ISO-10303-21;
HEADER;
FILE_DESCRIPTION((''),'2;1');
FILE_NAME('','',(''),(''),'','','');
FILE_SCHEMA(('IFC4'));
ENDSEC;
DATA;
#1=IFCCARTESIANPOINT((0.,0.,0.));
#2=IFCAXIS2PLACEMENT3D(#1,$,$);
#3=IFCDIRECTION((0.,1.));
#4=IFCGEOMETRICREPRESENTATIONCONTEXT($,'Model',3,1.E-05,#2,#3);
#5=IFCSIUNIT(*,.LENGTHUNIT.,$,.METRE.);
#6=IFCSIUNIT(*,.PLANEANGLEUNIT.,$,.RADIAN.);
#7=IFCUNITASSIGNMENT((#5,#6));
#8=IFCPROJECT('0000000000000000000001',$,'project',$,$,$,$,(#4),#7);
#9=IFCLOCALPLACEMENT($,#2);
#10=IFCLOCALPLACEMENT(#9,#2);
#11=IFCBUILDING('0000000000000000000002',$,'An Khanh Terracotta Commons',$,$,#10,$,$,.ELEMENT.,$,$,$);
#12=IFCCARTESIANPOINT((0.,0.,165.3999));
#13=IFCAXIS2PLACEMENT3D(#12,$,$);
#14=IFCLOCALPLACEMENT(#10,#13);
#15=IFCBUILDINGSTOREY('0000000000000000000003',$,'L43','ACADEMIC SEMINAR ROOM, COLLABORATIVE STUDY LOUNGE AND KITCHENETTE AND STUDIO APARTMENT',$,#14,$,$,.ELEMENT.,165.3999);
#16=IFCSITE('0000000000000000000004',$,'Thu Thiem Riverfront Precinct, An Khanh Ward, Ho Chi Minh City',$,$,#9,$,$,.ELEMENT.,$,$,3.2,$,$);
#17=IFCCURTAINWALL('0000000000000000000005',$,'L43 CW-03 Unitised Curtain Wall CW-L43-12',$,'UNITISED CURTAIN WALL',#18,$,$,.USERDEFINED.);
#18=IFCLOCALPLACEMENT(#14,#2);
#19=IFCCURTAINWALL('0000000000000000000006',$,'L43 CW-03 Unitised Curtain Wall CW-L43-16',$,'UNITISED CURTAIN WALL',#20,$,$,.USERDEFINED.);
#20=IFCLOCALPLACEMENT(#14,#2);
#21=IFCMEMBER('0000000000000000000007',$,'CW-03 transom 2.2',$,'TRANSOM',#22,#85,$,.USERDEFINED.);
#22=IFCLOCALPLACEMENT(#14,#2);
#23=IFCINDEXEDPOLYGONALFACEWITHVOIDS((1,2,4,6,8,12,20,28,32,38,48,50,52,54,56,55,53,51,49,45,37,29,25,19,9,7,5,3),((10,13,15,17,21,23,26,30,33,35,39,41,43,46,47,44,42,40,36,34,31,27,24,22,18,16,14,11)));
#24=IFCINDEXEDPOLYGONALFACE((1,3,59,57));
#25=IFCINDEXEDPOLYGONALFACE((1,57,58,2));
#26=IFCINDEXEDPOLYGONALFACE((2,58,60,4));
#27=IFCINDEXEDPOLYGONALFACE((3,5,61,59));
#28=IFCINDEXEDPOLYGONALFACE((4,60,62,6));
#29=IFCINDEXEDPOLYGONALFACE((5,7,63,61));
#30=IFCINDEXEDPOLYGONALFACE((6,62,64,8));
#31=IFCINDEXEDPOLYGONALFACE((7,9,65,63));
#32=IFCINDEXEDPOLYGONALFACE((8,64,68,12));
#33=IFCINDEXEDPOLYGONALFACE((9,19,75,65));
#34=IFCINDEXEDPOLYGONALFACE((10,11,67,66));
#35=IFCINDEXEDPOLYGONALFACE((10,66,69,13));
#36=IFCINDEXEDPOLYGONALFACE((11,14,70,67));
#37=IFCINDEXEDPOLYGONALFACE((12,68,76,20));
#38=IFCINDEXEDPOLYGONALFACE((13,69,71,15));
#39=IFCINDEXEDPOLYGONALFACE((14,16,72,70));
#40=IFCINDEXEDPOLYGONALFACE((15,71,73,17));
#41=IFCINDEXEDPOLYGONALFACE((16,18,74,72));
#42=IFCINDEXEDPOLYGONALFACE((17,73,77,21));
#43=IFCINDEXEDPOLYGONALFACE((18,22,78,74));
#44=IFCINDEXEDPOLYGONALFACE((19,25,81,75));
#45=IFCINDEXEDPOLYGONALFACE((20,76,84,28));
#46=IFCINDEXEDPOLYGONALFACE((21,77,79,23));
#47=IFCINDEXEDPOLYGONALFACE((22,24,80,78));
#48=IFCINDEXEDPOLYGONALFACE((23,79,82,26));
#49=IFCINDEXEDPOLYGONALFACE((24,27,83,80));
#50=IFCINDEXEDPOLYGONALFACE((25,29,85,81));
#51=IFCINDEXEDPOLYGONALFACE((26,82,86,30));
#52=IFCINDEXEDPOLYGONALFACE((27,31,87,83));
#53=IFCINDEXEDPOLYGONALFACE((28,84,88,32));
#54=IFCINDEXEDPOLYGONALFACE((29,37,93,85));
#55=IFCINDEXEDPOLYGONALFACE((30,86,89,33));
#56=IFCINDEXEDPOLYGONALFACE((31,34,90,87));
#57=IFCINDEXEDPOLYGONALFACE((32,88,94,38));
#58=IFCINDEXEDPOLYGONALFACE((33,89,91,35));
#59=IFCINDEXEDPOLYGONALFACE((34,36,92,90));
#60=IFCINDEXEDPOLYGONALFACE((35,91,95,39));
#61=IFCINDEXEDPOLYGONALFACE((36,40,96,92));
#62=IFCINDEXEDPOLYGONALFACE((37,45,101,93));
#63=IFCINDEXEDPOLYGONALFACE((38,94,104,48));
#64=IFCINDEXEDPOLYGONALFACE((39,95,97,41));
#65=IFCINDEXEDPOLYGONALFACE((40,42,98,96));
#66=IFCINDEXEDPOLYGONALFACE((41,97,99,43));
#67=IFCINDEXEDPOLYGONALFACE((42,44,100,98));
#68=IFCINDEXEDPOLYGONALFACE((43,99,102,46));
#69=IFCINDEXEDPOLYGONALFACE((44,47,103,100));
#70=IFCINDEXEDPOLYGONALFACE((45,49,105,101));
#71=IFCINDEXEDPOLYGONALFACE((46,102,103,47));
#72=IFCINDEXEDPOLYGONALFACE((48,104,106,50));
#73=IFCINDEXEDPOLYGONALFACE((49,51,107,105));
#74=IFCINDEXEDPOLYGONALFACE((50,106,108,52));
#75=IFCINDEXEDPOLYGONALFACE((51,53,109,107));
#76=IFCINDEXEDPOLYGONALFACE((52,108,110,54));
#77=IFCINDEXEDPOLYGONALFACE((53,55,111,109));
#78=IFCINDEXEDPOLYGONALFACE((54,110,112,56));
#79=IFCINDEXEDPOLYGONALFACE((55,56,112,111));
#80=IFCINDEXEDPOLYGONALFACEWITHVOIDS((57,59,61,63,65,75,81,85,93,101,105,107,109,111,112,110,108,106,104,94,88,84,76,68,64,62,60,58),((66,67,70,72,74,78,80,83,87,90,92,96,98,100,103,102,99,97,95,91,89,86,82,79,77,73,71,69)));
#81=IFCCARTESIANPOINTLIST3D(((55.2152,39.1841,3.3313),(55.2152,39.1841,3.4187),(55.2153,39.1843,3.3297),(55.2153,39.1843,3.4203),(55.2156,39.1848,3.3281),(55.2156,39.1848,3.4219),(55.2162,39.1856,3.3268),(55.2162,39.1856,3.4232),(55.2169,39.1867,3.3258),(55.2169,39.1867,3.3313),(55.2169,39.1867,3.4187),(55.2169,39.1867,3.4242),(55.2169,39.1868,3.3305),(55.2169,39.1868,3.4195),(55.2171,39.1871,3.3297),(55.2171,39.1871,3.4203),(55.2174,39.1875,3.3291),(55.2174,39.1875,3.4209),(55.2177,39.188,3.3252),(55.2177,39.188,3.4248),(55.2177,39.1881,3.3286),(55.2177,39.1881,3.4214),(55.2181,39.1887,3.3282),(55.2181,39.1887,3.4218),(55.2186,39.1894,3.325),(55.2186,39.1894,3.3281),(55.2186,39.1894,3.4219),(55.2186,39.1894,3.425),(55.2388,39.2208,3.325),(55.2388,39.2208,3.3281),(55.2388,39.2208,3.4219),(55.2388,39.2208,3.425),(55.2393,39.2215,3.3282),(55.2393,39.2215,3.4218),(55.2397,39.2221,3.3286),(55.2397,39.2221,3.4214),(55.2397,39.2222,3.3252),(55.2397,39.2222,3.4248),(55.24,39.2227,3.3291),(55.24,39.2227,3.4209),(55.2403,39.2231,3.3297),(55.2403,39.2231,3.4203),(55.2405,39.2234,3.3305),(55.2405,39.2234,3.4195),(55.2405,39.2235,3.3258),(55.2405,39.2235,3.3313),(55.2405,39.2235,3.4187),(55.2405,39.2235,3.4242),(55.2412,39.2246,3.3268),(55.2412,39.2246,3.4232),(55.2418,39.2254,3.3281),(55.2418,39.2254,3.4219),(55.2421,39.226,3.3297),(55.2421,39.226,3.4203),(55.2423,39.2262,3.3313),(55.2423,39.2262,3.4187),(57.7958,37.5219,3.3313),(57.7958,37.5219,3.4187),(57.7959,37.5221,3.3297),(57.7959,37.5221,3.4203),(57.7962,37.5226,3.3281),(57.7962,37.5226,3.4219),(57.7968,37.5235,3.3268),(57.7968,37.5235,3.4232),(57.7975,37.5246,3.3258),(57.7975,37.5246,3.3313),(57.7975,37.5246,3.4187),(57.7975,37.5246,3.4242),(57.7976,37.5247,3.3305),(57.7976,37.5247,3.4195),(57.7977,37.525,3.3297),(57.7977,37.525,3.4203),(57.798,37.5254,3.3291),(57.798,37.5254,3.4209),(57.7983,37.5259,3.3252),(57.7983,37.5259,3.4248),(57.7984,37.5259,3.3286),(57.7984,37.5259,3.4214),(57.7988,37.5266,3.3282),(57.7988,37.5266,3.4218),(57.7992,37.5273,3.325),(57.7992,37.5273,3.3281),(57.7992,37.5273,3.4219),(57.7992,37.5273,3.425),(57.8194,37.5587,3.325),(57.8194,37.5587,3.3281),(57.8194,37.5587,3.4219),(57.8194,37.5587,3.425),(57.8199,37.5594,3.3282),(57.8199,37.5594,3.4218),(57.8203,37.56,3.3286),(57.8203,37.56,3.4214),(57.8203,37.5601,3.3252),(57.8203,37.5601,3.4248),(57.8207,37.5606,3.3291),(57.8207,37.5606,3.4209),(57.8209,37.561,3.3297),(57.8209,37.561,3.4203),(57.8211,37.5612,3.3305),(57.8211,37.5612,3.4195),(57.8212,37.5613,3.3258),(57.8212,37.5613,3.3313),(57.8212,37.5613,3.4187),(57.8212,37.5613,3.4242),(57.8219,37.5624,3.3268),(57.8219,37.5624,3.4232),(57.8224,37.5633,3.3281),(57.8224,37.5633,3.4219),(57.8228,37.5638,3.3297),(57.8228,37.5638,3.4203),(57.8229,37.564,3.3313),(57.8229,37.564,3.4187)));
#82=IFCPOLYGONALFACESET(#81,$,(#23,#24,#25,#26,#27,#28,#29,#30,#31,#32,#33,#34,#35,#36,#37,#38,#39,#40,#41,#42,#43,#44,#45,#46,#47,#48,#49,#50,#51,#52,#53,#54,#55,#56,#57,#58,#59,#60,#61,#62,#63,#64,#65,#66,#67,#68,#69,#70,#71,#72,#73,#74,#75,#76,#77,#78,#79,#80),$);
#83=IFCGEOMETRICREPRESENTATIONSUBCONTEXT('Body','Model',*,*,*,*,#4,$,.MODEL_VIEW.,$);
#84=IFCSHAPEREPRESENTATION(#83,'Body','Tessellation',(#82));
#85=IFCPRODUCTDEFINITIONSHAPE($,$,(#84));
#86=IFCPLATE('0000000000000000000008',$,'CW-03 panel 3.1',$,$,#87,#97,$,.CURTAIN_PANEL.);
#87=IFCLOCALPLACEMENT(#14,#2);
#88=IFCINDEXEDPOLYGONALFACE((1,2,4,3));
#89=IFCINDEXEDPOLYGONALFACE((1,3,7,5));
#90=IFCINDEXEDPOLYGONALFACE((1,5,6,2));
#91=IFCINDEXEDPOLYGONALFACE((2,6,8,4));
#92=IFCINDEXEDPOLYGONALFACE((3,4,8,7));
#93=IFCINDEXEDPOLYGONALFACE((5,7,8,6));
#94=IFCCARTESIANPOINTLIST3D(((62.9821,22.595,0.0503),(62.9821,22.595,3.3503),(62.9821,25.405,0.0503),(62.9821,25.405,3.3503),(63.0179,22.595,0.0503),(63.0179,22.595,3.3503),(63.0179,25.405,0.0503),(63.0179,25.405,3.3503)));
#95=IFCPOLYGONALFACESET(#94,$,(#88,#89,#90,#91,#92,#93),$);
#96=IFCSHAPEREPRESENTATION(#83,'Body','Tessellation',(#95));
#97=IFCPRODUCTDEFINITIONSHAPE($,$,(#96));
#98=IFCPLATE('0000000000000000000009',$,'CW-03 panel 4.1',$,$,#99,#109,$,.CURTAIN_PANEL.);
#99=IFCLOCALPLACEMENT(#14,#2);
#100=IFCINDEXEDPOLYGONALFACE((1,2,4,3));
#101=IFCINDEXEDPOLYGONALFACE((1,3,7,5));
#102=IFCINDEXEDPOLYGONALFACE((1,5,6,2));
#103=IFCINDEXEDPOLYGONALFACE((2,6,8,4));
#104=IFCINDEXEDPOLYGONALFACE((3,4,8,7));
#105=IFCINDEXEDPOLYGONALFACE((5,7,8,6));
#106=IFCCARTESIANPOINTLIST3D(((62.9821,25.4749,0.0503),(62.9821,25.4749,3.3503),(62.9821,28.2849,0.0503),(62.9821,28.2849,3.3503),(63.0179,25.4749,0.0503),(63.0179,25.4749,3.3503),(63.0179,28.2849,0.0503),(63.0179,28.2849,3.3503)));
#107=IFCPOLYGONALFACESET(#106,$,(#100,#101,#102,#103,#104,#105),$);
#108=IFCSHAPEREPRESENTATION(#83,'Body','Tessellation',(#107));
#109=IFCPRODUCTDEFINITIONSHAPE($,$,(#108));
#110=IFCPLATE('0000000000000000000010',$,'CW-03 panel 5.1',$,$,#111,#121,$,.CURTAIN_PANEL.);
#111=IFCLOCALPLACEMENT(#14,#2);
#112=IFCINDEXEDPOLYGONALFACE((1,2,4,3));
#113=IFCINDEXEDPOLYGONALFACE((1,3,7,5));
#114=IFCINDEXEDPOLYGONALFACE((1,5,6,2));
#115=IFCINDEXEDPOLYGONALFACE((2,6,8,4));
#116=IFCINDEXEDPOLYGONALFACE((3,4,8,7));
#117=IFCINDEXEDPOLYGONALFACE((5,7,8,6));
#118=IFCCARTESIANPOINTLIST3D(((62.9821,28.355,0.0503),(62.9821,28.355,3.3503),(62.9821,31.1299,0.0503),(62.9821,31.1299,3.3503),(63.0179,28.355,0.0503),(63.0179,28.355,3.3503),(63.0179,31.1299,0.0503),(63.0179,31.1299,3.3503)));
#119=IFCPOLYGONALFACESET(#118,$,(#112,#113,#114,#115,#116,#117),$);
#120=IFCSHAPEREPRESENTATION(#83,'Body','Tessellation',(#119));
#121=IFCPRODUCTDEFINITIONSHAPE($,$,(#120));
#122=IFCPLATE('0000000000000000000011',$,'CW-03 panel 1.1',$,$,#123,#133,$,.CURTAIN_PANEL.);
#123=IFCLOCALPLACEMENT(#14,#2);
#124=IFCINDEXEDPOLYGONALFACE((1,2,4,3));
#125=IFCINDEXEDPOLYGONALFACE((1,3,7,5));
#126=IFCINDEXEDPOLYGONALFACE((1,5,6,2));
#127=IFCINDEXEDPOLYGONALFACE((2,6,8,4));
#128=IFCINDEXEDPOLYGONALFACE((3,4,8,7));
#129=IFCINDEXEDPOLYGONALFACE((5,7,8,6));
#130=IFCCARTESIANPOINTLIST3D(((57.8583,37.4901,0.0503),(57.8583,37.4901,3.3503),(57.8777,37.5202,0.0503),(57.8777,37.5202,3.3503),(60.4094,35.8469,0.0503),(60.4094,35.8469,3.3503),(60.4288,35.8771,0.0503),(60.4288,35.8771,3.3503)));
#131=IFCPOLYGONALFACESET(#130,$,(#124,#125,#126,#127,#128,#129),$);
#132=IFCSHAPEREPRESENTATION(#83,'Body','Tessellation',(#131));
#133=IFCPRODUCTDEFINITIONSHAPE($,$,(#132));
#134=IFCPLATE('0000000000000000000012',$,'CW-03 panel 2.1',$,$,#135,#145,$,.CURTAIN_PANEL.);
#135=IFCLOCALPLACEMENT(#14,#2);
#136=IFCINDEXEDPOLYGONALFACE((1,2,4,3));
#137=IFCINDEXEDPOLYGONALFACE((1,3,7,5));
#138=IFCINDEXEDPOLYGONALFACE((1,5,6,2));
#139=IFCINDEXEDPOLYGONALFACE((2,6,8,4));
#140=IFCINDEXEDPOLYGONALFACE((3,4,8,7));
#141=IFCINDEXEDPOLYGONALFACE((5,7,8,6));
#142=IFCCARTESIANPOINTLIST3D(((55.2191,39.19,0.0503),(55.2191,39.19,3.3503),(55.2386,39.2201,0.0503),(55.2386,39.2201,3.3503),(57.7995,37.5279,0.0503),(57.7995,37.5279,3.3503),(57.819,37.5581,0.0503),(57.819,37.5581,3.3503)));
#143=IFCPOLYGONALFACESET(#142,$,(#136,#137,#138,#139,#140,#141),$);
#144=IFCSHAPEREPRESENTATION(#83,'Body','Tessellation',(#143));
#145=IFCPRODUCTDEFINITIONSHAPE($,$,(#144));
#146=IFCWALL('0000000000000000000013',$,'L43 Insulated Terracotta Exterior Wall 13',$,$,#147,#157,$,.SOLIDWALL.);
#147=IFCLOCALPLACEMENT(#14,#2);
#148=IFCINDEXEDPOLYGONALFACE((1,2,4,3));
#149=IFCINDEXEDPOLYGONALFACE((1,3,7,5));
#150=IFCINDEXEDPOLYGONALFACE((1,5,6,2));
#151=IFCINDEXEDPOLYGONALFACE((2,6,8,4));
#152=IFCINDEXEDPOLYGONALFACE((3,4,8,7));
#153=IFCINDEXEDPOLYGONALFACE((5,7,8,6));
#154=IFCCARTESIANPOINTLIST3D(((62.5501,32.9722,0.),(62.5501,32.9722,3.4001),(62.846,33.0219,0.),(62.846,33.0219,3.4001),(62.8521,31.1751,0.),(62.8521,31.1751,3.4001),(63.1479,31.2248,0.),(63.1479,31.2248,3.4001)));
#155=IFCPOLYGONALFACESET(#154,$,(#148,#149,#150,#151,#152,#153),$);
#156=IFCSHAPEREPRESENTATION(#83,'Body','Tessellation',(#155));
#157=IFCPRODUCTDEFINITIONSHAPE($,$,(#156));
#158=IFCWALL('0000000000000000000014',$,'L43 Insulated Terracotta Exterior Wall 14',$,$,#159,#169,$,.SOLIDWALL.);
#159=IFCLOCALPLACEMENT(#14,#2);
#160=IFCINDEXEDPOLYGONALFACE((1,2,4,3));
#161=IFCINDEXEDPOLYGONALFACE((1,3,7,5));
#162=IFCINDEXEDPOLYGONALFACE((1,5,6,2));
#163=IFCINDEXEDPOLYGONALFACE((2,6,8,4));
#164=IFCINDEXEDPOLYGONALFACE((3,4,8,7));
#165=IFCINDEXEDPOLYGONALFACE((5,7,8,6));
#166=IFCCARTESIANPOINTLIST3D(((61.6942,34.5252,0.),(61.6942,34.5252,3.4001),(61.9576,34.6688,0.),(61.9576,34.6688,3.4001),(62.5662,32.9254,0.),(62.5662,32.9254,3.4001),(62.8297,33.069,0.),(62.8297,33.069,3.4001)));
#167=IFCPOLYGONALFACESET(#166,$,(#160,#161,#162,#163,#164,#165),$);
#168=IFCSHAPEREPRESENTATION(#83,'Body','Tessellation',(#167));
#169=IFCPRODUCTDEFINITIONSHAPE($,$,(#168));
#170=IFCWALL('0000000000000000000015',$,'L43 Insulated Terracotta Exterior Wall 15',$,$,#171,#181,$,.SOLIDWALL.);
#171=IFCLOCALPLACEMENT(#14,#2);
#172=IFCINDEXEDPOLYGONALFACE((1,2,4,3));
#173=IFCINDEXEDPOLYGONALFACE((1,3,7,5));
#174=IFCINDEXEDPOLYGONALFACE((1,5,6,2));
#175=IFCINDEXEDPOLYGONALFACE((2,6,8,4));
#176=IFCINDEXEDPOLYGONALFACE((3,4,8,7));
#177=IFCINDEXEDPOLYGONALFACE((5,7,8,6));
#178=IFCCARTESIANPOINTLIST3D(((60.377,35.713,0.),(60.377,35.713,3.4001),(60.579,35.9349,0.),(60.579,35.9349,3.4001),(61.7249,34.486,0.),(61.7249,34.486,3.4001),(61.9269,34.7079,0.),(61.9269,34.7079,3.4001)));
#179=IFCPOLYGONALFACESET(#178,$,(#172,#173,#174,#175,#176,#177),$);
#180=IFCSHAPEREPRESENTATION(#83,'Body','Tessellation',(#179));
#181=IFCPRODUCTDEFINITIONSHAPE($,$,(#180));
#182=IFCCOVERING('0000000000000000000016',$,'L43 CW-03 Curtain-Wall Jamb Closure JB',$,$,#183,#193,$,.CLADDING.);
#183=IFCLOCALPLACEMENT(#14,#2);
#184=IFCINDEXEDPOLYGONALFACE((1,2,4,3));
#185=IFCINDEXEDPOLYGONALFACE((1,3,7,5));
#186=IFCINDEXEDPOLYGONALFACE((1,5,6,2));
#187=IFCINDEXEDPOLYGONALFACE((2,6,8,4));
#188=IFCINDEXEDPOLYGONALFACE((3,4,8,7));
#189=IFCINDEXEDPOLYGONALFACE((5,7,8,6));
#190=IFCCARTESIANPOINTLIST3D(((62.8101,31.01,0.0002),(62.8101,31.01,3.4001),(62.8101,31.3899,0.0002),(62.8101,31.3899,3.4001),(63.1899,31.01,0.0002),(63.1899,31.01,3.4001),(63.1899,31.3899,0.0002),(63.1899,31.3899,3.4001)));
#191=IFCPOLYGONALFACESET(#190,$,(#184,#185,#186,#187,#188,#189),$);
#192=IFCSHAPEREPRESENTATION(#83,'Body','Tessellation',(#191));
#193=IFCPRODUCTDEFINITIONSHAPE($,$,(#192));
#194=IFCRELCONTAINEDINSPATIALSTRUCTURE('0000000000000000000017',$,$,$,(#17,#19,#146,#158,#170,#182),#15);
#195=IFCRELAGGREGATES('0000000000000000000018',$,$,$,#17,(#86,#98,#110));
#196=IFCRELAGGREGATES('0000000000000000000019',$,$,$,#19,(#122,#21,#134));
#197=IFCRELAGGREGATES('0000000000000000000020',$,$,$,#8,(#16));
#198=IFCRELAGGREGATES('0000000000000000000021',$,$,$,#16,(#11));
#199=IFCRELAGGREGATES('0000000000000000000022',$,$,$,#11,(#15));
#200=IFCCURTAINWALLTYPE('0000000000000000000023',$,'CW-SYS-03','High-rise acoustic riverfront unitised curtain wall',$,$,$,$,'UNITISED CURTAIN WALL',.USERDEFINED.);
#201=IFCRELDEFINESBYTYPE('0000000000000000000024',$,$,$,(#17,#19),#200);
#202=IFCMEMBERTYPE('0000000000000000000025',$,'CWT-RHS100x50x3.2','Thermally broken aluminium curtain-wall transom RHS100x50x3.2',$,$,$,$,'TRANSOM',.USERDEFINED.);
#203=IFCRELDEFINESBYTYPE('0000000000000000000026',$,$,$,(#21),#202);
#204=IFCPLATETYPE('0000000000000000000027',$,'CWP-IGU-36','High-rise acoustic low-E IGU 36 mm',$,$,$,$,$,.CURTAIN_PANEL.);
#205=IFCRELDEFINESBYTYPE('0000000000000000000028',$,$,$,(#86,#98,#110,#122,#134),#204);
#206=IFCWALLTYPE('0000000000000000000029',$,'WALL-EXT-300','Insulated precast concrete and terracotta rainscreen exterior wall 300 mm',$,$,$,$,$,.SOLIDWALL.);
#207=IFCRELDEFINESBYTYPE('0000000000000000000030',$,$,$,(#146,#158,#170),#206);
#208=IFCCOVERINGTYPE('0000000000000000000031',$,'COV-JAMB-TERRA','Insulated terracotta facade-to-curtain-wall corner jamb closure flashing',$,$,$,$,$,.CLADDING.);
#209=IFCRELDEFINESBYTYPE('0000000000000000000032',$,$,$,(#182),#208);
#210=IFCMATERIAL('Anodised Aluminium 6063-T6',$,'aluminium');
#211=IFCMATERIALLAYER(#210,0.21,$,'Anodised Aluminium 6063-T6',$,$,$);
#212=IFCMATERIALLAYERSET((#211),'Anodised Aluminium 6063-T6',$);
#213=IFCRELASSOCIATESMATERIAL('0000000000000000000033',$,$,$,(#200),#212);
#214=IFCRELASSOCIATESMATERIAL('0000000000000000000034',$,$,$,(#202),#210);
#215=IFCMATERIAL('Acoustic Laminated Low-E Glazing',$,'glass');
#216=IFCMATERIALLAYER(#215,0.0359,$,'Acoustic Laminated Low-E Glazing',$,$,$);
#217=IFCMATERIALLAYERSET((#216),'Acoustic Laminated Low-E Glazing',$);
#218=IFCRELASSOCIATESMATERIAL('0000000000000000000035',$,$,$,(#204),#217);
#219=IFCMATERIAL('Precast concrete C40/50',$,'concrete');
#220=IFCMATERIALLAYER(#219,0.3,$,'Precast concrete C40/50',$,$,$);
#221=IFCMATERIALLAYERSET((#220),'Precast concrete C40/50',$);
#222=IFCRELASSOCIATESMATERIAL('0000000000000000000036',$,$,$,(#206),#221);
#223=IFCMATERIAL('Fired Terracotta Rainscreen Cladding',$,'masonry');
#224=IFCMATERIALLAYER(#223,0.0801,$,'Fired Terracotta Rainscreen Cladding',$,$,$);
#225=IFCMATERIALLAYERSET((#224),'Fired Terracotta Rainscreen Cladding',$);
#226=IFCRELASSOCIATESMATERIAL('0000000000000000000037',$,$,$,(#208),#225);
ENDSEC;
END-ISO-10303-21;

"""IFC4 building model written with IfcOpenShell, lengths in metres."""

from ifc_helpers import new_model, si_unit, direction, frame, frame_2d, origin, origin_2d, place, context, subcontext, project, spatial, rectangle, hollow_rectangle, extrude, material, layer, layer_set, material_profile, profile_set, type_object, element, aggregate, save


model = new_model("IFC4")

# Units and contexts
model_context = context("Model", 3, precision=1e-05, world=origin(), true_north=direction((0.0, 1.0)))
body_context = subcontext(model_context, "Body", "Model", "MODEL_VIEW")
ifc_project = project(units=[si_unit("LENGTHUNIT", "METRE"), si_unit("PLANEANGLEUNIT", "RADIAN")], contexts=[model_context])

# Site, building, storey
site_placement = place(None, origin())
site = spatial("IfcSite", under=ifc_project, at=site_placement, Name="Thu Thiem Riverfront Precinct, An Khanh Ward, Ho Chi Minh City", CompositionType="ELEMENT", RefElevation=3.2)
building_placement = place(site_placement, origin())
building = spatial("IfcBuilding", under=site, at=building_placement, Name="An Khanh Terracotta Commons", CompositionType="ELEMENT")
storey_placement = place(building_placement, frame((0.0, 0.0, 165.3999)))
storey = spatial("IfcBuildingStorey", under=building, at=storey_placement, Name="L43", Description="ACADEMIC SEMINAR ROOM, COLLABORATIVE STUDY LOUNGE AND KITCHENETTE AND STUDIO APARTMENT", CompositionType="ELEMENT", Elevation=165.3999)

# Curtain walls
ifc_material_1 = material(Name="Anodised Aluminium 6063-T6", Category="aluminium")
ifc_layer_1 = layer(ifc_material_1, 0.21, Name="Anodised Aluminium 6063-T6")
ifc_layer_set_1 = layer_set([ifc_layer_1], Name="Anodised Aluminium 6063-T6")
curtain_wall_type = type_object("IfcCurtainWallType", Name="CW-SYS-03", Description="High-rise acoustic riverfront unitised curtain wall", ElementType="UNITISED CURTAIN WALL", PredefinedType="USERDEFINED", material=ifc_layer_set_1)
curtain_wall_1_placement = place(storey_placement, origin())
curtain_wall_1 = element("IfcCurtainWall", 1, at=curtain_wall_1_placement, inside=storey, type_object=curtain_wall_type, Name="L43 CW-03 Unitised Curtain Wall CW-L43-12", ObjectType="UNITISED CURTAIN WALL", PredefinedType="USERDEFINED")
curtain_wall_2_placement = place(storey_placement, origin())
curtain_wall_2 = element("IfcCurtainWall", 2, at=curtain_wall_2_placement, inside=storey, type_object=curtain_wall_type, Name="L43 CW-03 Unitised Curtain Wall CW-L43-16", ObjectType="UNITISED CURTAIN WALL", PredefinedType="USERDEFINED")

# Member
ifc_material_profile_1 = material_profile(ifc_material_1, hollow_rectangle(XDim=0.05, YDim=0.1001, WallThickness=0.0032, InnerFilletRadius=0.0032, OuterFilletRadius=0.0063, at=origin_2d()), Name="RHS100x50x3.2")
ifc_profile_set_1 = profile_set([ifc_material_profile_1], Name="Anodised Aluminium 6063-T6")
member_type_1 = type_object("IfcMemberType", Name="CWT-RHS100x50x3.2", Description="Thermally broken aluminium curtain-wall transom RHS100x50x3.2", ElementType="TRANSOM", PredefinedType="USERDEFINED", material=ifc_profile_set_1)
member_1_placement = place(storey_placement, frame((57.8093, 37.543, 3.375), z_axis=(-0.840708, 0.541489, 0.0), x_axis=(-0.541489, -0.840708, 0.0)))
member_1 = element("IfcMember", 3, at=member_1_placement, type_object=member_type_1, Name="CW-03 transom 2.2", ObjectType="TRANSOM", PredefinedType="USERDEFINED", context=body_context, shape_type="SweptSolid", body=[
    extrude(hollow_rectangle(XDim=0.05, YDim=0.1001, WallThickness=0.0032, InnerFilletRadius=0.0032, OuterFilletRadius=0.0063, at=origin_2d()), origin(), (0.0, 0.0, 1.0), 3.0696),
])

# Plates
ifc_material_2 = material(Name="Acoustic Laminated Low-E Glazing", Category="glass")
ifc_layer_2 = layer(ifc_material_2, 0.0359, Name="Acoustic Laminated Low-E Glazing")
ifc_layer_set_2 = layer_set([ifc_layer_2], Name="Acoustic Laminated Low-E Glazing")
plate_type = type_object("IfcPlateType", Name="CWP-IGU-36", Description="High-rise acoustic low-E IGU 36 mm", PredefinedType="CURTAIN_PANEL", material=ifc_layer_set_2)
plate_1_placement = place(storey_placement, frame((63.0, 24.0, 0.0503), z_axis=(0.0, 0.0, 1.0), x_axis=(0.0, 1.0, 0.0)))
plate_1 = element("IfcPlate", 4, at=plate_1_placement, type_object=plate_type, Name="CW-03 panel 3.1", PredefinedType="CURTAIN_PANEL", context=body_context, shape_type="SweptSolid", body=[
    extrude(rectangle(XDim=2.8101, YDim=0.0359, at=origin_2d()), origin(), (0.0, 0.0, 1.0), 3.3),
])
plate_2_placement = place(storey_placement, frame((63.0, 26.8799, 0.0503), z_axis=(0.0, 0.0, 1.0), x_axis=(0.0, 1.0, 0.0)))
plate_2 = element("IfcPlate", 5, at=plate_2_placement, type_object=plate_type, Name="CW-03 panel 4.1", PredefinedType="CURTAIN_PANEL", context=body_context, shape_type="SweptSolid", body=[
    extrude(rectangle(XDim=2.8101, YDim=0.0359, at=origin_2d()), origin(), (0.0, 0.0, 1.0), 3.3),
])
plate_3_placement = place(storey_placement, frame((63.0, 29.7424, 0.0503), z_axis=(0.0, 0.0, 1.0), x_axis=(0.0, 1.0, 0.0)))
plate_3 = element("IfcPlate", 6, at=plate_3_placement, type_object=plate_type, Name="CW-03 panel 5.1", PredefinedType="CURTAIN_PANEL", context=body_context, shape_type="SweptSolid", body=[
    extrude(rectangle(XDim=2.7749, YDim=0.0359, at=origin_2d()), origin(), (0.0, 0.0, 1.0), 3.3),
])
aggregate(curtain_wall_1, [plate_1, plate_2, plate_3])
plate_4_placement = place(storey_placement, frame((59.1436, 36.6836, 0.0503), z_axis=(0.0, 0.0, 1.0), x_axis=(-0.840702, 0.541498, 0.0)))
plate_4 = element("IfcPlate", 7, at=plate_4_placement, type_object=plate_type, Name="CW-03 panel 1.1", PredefinedType="CURTAIN_PANEL", context=body_context, shape_type="SweptSolid", body=[
    extrude(rectangle(XDim=3.0344, YDim=0.0359, at=origin_2d()), origin(), (0.0, 0.0, 1.0), 3.3),
])
plate_5_placement = place(storey_placement, frame((56.519, 38.374, 0.0503), z_axis=(0.0, 0.0, 1.0), x_axis=(-0.840702, 0.541498, 0.0)))
plate_5 = element("IfcPlate", 8, at=plate_5_placement, type_object=plate_type, Name="CW-03 panel 2.1", PredefinedType="CURTAIN_PANEL", context=body_context, shape_type="SweptSolid", body=[
    extrude(rectangle(XDim=3.0693, YDim=0.0359, at=origin_2d()), origin(), (0.0, 0.0, 1.0), 3.3),
])
aggregate(curtain_wall_2, [plate_4, member_1, plate_5])

# Walls
ifc_material_3 = material(Name="Precast concrete C40/50", Category="concrete")
ifc_layer_3 = layer(ifc_material_3, 0.3, Name="Precast concrete C40/50")
ifc_layer_set_3 = layer_set([ifc_layer_3], Name="Precast concrete C40/50")
wall_type = type_object("IfcWallType", Name="WALL-EXT-300", Description="Insulated precast concrete and terracotta rainscreen exterior wall 300 mm", PredefinedType="SOLIDWALL", material=ifc_layer_set_3)
wall_1_placement = place(storey_placement, frame((63.0, 31.2, 0.0), z_axis=(0.0, 0.0, 1.0), x_axis=(-0.165724, 0.986172, 0.0)))
element("IfcWall", 9, at=wall_1_placement, inside=storey, type_object=wall_type, Name="L43 Insulated Terracotta Exterior Wall 13", PredefinedType="SOLIDWALL", context=body_context, shape_type="SweptSolid", body=[
    extrude(rectangle(XDim=1.8223, YDim=0.3, at=frame_2d((0.9111, 0.0))), origin(), (0.0, 0.0, 1.0), 3.4001),
])
wall_2_placement = place(storey_placement, frame((62.698, 32.9971, 0.0), z_axis=(0.0, 0.0, 1.0), x_axis=(-0.478608, 0.878029, 0.0)))
element("IfcWall", 10, at=wall_2_placement, inside=storey, type_object=wall_type, Name="L43 Insulated Terracotta Exterior Wall 14", PredefinedType="SOLIDWALL", context=body_context, shape_type="SweptSolid", body=[
    extrude(rectangle(XDim=1.822, YDim=0.3, at=frame_2d((0.9111, 0.0))), origin(), (0.0, 0.0, 1.0), 3.4001),
])
wall_3_placement = place(storey_placement, frame((61.8259, 34.5969, 0.0), z_axis=(0.0, 0.0, 1.0), x_axis=(-0.739479, 0.673179, 0.0)))
element("IfcWall", 11, at=wall_3_placement, inside=storey, type_object=wall_type, Name="L43 Insulated Terracotta Exterior Wall 15", PredefinedType="SOLIDWALL", context=body_context, shape_type="SweptSolid", body=[
    extrude(rectangle(XDim=1.8228, YDim=0.3, at=frame_2d((0.9114, 0.0))), origin(), (0.0, 0.0, 1.0), 3.4001),
])

# Covering
ifc_material_4 = material(Name="Fired Terracotta Rainscreen Cladding", Category="masonry")
ifc_layer_4 = layer(ifc_material_4, 0.0801, Name="Fired Terracotta Rainscreen Cladding")
ifc_layer_set_4 = layer_set([ifc_layer_4], Name="Fired Terracotta Rainscreen Cladding")
covering_type = type_object("IfcCoveringType", Name="COV-JAMB-TERRA", Description="Insulated terracotta facade-to-curtain-wall corner jamb closure flashing", PredefinedType="CLADDING", material=ifc_layer_set_4)
for number, where, z_axis, x_axis, name in (
    (12, (63.0, 31.2, 0.0002), (0.0, 0.0, 1.0), (1.0, 0.0, 0.0), "L43 CW-03 Curtain-Wall Jamb Closure JB"),
):
    element("IfcCovering", number, at=place(storey_placement, frame(where, z_axis=z_axis, x_axis=x_axis)), inside=storey, type_object=covering_type, Name=name, PredefinedType="CLADDING", context=body_context, shape_type="SweptSolid", body=[
        extrude(rectangle(XDim=0.3799, YDim=0.3799, at=origin_2d()), origin(), (0.0, 0.0, 1.0), 3.3999),
    ])

save(model, "model.ifc")
